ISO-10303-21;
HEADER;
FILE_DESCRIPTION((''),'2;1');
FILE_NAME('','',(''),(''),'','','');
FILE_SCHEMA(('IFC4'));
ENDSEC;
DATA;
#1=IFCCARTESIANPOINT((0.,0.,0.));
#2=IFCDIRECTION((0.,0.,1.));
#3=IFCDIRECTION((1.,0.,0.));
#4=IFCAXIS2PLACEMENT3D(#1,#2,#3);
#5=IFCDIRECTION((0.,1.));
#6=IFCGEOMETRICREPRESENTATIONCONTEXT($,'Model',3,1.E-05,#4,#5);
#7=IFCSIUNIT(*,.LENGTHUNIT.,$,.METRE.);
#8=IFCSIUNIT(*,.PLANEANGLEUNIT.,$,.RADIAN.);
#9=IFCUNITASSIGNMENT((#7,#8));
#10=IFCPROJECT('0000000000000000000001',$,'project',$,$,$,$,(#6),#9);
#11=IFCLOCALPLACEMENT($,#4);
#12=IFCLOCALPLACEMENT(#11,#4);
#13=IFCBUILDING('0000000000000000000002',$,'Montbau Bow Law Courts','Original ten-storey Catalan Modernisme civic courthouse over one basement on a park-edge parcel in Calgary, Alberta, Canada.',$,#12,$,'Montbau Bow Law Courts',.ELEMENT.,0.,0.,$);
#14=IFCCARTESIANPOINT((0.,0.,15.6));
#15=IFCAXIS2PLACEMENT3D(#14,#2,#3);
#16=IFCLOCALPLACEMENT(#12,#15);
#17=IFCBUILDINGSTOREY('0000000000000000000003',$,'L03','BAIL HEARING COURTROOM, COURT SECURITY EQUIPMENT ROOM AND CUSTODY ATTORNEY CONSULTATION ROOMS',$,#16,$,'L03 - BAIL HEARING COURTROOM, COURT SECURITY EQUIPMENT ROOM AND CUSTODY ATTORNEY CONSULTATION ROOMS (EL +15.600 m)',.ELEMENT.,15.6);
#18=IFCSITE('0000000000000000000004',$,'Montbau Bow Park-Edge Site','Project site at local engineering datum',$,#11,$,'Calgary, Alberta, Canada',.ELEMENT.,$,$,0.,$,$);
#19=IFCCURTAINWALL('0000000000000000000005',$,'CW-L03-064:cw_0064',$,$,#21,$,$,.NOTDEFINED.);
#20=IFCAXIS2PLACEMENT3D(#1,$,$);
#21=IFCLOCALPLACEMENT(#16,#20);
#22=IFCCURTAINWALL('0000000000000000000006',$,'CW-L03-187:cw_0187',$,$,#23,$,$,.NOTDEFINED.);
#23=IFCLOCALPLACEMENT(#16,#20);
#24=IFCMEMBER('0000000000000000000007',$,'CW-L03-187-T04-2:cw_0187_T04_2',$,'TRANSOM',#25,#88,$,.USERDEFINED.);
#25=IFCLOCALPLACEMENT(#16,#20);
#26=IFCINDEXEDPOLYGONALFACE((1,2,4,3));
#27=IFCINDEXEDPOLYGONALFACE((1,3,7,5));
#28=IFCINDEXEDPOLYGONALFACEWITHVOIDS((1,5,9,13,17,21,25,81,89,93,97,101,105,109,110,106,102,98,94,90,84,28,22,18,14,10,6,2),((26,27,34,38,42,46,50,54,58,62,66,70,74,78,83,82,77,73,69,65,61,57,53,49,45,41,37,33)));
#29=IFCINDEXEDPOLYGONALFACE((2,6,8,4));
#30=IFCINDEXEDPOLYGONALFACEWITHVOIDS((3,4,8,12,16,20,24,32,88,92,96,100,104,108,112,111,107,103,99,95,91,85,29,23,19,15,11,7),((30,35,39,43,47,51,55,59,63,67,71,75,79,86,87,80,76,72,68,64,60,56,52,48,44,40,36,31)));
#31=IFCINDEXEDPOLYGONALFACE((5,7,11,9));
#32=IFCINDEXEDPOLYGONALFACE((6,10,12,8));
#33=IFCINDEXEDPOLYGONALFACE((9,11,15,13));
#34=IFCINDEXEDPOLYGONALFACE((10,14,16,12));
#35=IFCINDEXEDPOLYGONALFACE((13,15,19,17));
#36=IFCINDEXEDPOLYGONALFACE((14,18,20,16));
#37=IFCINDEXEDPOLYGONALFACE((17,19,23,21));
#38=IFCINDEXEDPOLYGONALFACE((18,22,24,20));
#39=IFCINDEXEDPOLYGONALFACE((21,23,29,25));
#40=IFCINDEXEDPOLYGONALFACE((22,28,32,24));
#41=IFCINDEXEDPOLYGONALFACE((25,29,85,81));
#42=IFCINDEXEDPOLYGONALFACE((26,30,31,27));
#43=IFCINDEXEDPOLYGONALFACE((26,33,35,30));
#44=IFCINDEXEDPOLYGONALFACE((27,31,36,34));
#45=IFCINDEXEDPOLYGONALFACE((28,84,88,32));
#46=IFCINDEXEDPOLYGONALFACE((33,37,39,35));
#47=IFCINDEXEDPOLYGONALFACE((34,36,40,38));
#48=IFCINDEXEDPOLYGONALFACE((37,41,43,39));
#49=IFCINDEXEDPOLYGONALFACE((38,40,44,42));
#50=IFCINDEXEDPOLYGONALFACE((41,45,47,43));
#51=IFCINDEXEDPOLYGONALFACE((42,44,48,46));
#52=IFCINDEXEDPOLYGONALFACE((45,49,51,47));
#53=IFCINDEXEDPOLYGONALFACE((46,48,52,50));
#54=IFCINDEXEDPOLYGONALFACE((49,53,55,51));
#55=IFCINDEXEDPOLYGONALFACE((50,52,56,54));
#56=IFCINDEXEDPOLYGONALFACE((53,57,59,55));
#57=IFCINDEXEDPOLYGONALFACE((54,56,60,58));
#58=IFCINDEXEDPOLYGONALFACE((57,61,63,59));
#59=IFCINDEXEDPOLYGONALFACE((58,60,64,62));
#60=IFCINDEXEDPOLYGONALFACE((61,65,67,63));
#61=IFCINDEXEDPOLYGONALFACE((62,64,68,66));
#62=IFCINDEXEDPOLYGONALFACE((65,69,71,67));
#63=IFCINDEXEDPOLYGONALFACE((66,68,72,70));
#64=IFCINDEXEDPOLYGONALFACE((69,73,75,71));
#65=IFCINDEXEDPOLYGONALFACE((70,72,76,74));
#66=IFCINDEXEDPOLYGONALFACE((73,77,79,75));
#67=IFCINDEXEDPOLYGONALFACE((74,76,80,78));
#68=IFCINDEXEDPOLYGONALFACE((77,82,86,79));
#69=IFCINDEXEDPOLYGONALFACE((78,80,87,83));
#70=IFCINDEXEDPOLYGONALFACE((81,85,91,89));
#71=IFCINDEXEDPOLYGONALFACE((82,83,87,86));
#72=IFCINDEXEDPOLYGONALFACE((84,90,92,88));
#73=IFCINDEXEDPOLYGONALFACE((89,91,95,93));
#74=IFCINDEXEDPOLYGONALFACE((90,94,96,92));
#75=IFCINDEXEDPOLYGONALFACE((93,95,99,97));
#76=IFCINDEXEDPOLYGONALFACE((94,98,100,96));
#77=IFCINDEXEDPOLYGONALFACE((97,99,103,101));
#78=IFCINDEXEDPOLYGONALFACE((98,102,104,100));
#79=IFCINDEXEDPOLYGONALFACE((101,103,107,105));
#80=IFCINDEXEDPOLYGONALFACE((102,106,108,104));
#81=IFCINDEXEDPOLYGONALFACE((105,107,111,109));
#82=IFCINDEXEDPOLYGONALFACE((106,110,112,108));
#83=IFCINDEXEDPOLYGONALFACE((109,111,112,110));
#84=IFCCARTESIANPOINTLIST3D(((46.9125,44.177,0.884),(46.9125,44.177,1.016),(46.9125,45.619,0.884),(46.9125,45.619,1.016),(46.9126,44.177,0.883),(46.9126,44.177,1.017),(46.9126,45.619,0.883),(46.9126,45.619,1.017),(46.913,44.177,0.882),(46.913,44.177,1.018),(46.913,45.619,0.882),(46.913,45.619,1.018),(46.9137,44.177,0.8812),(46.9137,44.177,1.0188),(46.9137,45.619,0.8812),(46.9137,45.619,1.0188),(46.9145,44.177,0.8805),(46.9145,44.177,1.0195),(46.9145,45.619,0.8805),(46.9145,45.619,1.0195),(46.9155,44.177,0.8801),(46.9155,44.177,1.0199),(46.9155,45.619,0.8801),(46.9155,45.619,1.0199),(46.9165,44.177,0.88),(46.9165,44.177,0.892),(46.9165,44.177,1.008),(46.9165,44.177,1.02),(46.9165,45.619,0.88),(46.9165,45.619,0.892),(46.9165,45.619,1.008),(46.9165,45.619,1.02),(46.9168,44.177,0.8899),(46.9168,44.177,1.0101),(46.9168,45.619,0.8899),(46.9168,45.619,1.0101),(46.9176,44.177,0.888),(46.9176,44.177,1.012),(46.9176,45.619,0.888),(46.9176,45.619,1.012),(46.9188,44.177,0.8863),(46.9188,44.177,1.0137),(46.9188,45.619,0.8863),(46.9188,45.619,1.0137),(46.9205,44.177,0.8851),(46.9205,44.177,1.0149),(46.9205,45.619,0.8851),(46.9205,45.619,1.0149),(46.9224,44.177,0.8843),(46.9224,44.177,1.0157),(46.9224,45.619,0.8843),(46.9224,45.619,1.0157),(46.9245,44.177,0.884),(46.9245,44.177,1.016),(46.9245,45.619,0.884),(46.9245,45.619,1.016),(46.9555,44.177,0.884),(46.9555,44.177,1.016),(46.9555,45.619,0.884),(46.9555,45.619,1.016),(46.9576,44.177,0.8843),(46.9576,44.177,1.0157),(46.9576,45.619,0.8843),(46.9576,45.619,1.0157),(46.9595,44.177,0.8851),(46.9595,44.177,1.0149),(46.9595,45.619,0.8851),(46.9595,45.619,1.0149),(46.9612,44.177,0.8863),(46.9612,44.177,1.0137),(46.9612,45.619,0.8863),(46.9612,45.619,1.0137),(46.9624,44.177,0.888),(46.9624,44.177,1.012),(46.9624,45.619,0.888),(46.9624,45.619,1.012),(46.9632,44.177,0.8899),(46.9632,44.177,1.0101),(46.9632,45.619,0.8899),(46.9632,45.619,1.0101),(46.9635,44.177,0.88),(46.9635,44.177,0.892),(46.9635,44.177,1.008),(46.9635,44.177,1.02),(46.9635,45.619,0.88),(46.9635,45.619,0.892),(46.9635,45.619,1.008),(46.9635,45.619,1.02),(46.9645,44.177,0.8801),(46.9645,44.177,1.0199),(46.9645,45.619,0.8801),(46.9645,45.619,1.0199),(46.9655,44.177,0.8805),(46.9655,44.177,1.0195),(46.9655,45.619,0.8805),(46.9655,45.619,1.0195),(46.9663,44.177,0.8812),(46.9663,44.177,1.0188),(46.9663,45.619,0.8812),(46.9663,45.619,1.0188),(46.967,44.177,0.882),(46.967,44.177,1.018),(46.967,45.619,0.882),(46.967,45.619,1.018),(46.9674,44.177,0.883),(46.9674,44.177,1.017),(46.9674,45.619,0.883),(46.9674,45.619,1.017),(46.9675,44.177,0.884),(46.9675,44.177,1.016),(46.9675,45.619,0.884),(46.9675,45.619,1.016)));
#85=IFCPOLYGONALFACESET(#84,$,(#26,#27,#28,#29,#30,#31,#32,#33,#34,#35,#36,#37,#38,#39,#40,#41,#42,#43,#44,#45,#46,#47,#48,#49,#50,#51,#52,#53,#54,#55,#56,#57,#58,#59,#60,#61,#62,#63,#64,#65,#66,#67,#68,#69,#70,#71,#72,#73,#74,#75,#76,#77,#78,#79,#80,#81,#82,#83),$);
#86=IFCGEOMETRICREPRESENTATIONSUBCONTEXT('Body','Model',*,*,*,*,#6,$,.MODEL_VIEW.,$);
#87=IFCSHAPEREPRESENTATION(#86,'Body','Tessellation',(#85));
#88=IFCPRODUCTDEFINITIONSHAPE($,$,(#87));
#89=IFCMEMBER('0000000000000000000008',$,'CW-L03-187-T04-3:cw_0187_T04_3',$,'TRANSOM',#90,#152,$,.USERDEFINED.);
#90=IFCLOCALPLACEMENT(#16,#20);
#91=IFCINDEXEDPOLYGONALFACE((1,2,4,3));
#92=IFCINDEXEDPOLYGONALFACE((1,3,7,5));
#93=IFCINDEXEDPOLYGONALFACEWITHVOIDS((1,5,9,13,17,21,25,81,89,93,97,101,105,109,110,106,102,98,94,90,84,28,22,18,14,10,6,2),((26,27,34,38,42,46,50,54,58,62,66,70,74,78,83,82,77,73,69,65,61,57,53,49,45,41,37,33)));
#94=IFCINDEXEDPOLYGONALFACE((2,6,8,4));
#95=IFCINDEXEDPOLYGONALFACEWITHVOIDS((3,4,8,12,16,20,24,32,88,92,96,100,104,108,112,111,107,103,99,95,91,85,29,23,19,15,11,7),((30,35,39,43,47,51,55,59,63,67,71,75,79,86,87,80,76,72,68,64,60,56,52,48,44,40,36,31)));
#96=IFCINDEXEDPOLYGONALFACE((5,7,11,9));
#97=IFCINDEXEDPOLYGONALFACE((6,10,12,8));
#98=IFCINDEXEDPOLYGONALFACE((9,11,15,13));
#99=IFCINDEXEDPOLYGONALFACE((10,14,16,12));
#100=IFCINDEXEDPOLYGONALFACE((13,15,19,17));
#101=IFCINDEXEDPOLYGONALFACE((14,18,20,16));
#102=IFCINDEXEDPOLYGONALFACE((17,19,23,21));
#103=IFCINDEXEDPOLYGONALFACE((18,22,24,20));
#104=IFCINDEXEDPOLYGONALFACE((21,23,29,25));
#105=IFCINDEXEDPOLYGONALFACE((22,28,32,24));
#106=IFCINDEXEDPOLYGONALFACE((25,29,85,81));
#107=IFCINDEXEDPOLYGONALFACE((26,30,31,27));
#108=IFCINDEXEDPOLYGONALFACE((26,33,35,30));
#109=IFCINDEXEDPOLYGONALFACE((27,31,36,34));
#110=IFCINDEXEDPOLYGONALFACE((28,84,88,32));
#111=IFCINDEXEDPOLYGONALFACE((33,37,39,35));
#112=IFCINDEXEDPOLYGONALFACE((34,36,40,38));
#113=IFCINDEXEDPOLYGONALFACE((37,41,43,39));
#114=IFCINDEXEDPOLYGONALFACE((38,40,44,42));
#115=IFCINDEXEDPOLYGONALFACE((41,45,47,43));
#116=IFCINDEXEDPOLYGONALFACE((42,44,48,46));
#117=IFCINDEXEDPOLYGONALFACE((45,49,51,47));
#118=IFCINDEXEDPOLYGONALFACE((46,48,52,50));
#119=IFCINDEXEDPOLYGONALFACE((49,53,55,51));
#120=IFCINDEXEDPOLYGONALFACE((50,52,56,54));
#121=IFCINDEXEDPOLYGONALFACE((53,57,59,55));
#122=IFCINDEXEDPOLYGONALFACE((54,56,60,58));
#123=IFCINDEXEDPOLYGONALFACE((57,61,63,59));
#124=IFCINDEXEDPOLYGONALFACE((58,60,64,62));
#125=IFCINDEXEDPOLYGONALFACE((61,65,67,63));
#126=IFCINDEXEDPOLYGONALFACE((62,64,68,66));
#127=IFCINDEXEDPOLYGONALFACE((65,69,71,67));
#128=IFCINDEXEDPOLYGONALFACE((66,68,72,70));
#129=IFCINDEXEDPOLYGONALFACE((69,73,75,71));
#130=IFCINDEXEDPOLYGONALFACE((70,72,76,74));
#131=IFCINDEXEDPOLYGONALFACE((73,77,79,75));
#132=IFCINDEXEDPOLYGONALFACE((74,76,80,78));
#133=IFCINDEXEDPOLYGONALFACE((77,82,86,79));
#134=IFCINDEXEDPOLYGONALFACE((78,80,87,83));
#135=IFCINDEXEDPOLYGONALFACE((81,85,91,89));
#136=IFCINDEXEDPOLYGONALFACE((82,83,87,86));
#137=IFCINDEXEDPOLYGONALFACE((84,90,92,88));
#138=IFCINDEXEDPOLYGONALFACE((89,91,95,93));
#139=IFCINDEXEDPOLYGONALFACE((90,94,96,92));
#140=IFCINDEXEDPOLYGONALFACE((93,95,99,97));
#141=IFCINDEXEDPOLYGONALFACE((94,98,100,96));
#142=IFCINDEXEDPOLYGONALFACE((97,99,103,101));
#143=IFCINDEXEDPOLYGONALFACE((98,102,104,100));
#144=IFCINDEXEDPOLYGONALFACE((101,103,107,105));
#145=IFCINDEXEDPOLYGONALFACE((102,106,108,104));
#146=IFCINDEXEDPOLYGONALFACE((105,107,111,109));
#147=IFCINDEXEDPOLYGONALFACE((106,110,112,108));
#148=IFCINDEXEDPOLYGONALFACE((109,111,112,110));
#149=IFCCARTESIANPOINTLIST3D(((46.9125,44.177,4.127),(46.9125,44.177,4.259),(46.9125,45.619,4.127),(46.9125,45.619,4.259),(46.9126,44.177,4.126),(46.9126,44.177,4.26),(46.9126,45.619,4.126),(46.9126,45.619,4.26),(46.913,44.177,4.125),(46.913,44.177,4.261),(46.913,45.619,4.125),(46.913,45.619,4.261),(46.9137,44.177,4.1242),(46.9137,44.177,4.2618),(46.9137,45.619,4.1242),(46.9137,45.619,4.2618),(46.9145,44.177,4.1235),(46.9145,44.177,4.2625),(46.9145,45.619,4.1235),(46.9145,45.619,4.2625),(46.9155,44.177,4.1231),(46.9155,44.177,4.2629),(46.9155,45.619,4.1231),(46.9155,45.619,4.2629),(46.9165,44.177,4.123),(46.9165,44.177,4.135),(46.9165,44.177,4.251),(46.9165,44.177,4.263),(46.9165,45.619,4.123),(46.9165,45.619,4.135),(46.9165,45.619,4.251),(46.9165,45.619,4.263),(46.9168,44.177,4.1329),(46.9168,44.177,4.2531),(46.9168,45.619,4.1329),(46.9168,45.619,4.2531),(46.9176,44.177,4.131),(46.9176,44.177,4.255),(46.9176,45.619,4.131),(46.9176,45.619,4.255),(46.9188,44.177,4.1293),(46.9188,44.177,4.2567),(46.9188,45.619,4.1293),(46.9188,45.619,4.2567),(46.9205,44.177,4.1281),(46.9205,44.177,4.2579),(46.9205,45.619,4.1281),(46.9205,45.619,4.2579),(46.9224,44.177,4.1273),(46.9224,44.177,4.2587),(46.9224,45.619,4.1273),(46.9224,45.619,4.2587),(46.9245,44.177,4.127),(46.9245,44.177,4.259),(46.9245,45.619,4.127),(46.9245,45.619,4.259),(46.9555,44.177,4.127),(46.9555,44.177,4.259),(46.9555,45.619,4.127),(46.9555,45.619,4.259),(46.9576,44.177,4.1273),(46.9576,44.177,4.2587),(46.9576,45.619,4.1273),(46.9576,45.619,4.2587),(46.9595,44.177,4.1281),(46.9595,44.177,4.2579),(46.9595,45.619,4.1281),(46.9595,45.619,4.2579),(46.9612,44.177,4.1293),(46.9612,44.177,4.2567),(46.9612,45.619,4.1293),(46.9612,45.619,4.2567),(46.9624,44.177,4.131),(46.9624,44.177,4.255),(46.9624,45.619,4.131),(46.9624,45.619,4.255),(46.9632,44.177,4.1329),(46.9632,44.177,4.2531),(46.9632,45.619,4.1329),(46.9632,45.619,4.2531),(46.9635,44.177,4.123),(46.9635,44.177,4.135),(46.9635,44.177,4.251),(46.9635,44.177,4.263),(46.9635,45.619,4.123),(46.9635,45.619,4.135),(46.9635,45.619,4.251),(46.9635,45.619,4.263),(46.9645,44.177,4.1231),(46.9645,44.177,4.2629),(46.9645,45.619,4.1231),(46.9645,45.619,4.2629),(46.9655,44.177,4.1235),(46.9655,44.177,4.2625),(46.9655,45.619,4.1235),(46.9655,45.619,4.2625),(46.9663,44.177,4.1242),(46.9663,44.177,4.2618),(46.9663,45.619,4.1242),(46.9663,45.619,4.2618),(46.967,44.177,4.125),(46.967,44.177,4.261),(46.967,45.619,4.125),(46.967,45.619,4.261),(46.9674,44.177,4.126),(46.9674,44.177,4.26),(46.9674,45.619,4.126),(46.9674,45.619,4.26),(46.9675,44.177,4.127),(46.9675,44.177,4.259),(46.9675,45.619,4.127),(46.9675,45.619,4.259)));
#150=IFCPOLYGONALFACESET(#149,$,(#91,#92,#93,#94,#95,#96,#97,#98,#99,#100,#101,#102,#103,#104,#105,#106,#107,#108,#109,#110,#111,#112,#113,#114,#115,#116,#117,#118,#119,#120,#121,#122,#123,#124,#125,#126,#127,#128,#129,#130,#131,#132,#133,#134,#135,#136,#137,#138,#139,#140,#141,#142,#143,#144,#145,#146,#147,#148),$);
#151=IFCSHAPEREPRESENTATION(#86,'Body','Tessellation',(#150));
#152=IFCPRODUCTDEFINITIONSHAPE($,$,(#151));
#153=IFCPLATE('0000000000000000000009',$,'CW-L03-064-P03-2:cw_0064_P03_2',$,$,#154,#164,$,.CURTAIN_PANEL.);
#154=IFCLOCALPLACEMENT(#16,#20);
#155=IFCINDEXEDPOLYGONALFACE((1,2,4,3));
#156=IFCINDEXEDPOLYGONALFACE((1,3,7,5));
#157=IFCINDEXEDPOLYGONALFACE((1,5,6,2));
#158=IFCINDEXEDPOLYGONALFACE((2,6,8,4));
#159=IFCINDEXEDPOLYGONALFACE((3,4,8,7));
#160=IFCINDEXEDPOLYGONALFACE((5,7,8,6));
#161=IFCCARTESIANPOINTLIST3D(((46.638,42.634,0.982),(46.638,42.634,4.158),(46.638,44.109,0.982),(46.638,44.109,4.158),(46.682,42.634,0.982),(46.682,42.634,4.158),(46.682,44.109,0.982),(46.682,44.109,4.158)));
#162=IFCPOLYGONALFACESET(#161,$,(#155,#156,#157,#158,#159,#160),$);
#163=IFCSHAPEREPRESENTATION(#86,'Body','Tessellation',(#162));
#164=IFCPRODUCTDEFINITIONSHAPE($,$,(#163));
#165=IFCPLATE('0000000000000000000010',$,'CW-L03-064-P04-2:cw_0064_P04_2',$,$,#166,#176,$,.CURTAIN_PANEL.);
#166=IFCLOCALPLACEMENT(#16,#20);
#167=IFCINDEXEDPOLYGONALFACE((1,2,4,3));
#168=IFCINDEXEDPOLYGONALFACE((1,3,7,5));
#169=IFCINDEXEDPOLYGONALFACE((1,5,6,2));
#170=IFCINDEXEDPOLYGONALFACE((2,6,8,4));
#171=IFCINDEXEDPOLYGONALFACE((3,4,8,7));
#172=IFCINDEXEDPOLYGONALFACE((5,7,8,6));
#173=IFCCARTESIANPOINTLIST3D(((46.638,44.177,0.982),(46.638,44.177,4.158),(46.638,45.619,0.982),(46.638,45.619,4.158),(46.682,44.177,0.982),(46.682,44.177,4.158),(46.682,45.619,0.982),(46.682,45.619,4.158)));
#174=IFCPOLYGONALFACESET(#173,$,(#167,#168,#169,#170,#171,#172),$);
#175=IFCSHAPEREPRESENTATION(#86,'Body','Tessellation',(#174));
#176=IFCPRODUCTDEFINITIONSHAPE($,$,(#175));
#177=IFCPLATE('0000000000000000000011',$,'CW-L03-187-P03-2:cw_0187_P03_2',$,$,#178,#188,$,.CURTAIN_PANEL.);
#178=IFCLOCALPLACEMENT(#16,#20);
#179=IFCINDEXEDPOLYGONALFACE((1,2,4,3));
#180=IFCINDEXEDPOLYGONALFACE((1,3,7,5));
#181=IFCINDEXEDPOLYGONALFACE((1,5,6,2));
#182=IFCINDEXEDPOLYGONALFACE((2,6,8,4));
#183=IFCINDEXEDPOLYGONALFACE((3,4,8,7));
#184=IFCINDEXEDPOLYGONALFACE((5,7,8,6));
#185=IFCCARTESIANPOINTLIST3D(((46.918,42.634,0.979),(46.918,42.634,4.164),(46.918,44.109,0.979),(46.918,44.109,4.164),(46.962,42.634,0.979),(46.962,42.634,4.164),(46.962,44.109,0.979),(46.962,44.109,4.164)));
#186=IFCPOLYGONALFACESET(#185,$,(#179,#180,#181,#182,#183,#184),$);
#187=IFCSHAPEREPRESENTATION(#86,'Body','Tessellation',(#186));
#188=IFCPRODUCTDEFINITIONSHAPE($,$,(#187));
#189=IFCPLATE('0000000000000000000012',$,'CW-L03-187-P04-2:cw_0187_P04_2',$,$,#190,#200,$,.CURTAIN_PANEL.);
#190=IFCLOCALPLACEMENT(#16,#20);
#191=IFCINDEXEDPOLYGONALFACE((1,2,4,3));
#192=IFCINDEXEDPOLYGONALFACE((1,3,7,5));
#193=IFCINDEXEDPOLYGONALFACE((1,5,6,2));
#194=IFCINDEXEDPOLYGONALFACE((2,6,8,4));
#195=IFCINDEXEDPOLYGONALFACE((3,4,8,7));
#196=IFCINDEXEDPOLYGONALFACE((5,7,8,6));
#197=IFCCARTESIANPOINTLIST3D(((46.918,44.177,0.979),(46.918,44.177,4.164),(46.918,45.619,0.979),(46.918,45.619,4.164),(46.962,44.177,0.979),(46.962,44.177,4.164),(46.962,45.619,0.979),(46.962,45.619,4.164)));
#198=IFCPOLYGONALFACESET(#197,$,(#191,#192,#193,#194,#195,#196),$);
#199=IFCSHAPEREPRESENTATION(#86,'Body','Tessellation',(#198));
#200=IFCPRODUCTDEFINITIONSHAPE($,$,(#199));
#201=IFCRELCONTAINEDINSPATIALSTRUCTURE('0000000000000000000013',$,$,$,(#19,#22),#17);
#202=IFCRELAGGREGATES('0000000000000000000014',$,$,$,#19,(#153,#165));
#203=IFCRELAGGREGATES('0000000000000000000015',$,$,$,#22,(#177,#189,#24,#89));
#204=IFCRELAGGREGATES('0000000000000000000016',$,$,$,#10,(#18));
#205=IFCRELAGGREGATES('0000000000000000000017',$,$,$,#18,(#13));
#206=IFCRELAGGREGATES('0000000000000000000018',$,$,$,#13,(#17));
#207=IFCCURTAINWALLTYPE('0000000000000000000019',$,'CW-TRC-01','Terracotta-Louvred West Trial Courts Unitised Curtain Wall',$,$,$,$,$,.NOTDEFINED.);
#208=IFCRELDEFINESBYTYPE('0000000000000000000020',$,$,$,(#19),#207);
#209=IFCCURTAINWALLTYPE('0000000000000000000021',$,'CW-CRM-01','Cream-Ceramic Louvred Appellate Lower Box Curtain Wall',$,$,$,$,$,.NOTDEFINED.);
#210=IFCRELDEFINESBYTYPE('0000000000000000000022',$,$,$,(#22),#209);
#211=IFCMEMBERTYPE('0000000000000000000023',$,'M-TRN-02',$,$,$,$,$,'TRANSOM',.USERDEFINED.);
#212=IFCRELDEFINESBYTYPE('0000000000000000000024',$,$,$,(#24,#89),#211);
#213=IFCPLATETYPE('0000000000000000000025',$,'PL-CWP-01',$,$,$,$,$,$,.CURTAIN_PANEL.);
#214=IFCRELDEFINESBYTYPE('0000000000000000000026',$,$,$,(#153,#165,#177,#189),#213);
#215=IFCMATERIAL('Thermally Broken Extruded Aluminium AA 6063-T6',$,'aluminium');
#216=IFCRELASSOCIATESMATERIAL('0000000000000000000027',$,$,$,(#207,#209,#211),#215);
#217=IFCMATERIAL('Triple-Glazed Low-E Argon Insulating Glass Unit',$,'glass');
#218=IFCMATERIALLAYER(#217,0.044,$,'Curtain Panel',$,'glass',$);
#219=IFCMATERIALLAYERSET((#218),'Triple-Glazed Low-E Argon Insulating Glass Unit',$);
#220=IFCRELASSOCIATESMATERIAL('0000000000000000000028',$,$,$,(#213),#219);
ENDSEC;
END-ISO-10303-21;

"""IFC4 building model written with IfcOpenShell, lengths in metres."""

from ifc_helpers import new_model, si_unit, direction, frame, frame_2d, origin_with_axes, origin_2d_with_axis, place, context, subcontext, project, spatial, rectangle, hollow_rectangle, extrude, material, layer, layer_set, material_profile, profile_set, type_object, element, aggregate, save


model = new_model("IFC4")

# Units and contexts
model_context = context("Model", 3, precision=1e-05, world=origin_with_axes(), true_north=direction((0.0, 1.0)))
body_context = subcontext(model_context, "Body", "Model", "MODEL_VIEW")
ifc_project = project(units=[si_unit("LENGTHUNIT", "METRE"), si_unit("PLANEANGLEUNIT", "RADIAN")], contexts=[model_context])

# Site, building, storey
site_placement = place(None, origin_with_axes())
site = spatial("IfcSite", under=ifc_project, at=site_placement, Name="Montbau Bow Park-Edge Site", Description="Project site at local engineering datum", LongName="Calgary, Alberta, Canada", CompositionType="ELEMENT", RefElevation=0.0)
building_placement = place(site_placement, origin_with_axes())
building = spatial("IfcBuilding", under=site, at=building_placement, Name="Montbau Bow Law Courts", Description="Original ten-storey Catalan Modernisme civic courthouse over one basement on a park-edge parcel in Calgary, Alberta, Canada.", LongName="Montbau Bow Law Courts", CompositionType="ELEMENT", ElevationOfRefHeight=0.0, ElevationOfTerrain=0.0)
storey_placement = place(building_placement, frame((0.0, 0.0, 15.6), z_axis=(0.0, 0.0, 1.0), x_axis=(1.0, 0.0, 0.0)))
storey = spatial("IfcBuildingStorey", under=building, at=storey_placement, Name="L03", Description="BAIL HEARING COURTROOM, COURT SECURITY EQUIPMENT ROOM AND CUSTODY ATTORNEY CONSULTATION ROOMS", LongName="L03 - BAIL HEARING COURTROOM, COURT SECURITY EQUIPMENT ROOM AND CUSTODY ATTORNEY CONSULTATION ROOMS (EL +15.600 m)", CompositionType="ELEMENT", Elevation=15.6)

# Curtain walls, members
ifc_material_1 = material(Name="Thermally Broken Extruded Aluminium AA 6063-T6", Category="aluminium")
curtain_wall_type_1 = type_object("IfcCurtainWallType", Name="CW-TRC-01", Description="Terracotta-Louvred West Trial Courts Unitised Curtain Wall", PredefinedType="NOTDEFINED", material=ifc_material_1)
curtain_wall_1_placement = place(None, frame((46.66, 39.515, 15.6), z_axis=(0.0, 0.0, 1.0), x_axis=(1.0, 0.0, 0.0)))
curtain_wall_1 = element("IfcCurtainWall", 1, at=curtain_wall_1_placement, inside=storey, type_object=curtain_wall_type_1, Name="CW-L03-064:cw_0064", PredefinedType="NOTDEFINED")
curtain_wall_type_2 = type_object("IfcCurtainWallType", Name="CW-CRM-01", Description="Cream-Ceramic Louvred Appellate Lower Box Curtain Wall", PredefinedType="NOTDEFINED", material=ifc_material_1)
curtain_wall_2_placement = place(None, frame((46.94, 39.515, 15.6), z_axis=(0.0, 0.0, 1.0), x_axis=(1.0, 0.0, 0.0)))
curtain_wall_2 = element("IfcCurtainWall", 2, at=curtain_wall_2_placement, inside=storey, type_object=curtain_wall_type_2, Name="CW-L03-187:cw_0187", PredefinedType="NOTDEFINED")
ifc_material_profile_1 = material_profile(ifc_material_1, hollow_rectangle(XDim=0.055, YDim=0.14, WallThickness=0.004, InnerFilletRadius=0.008, OuterFilletRadius=0.004, at=origin_2d_with_axis()), Name="CWT-140X55", Category="Main", Priority=0)
ifc_profile_set_1 = profile_set([ifc_material_profile_1], Name="Thermally Broken Extruded Aluminium AA 6063-T6")
member_type_1 = type_object("IfcMemberType", Name="M-TRN-02", ElementType="TRANSOM", PredefinedType="USERDEFINED", material=ifc_profile_set_1)
member_1_placement = place(None, frame((46.94, 44.177, 16.55), z_axis=(0.0, 1.0, 0.0), x_axis=(-1.0, 0.0, 0.0)))
member_1 = element("IfcMember", 3, at=member_1_placement, type_object=member_type_1, Name="CW-L03-187-T04-2:cw_0187_T04_2", ObjectType="TRANSOM", PredefinedType="USERDEFINED", context=body_context, shape_type="SweptSolid", body=[
    extrude(hollow_rectangle(XDim=0.055, YDim=0.14, WallThickness=0.004, InnerFilletRadius=0.008, OuterFilletRadius=0.004, at=origin_2d_with_axis()), origin_with_axes(), (0.0, 0.0, 1.0), 1.442),
])
member_2_placement = place(None, frame((46.94, 44.177, 19.793), z_axis=(0.0, 1.0, 0.0), x_axis=(-1.0, 0.0, 0.0)))
member_2 = element("IfcMember", 4, at=member_2_placement, type_object=member_type_1, Name="CW-L03-187-T04-3:cw_0187_T04_3", ObjectType="TRANSOM", PredefinedType="USERDEFINED", context=body_context, shape_type="SweptSolid", body=[
    extrude(hollow_rectangle(XDim=0.055, YDim=0.14, WallThickness=0.004, InnerFilletRadius=0.008, OuterFilletRadius=0.004, at=origin_2d_with_axis()), origin_with_axes(), (0.0, 0.0, 1.0), 1.442),
])

# Plates
ifc_material_2 = material(Name="Triple-Glazed Low-E Argon Insulating Glass Unit", Category="glass")
ifc_layer_1 = layer(ifc_material_2, 0.044, Name="Curtain Panel", Category="glass")
ifc_layer_set_1 = layer_set([ifc_layer_1], Name="Triple-Glazed Low-E Argon Insulating Glass Unit")
plate_type_1 = type_object("IfcPlateType", Name="PL-CWP-01", PredefinedType="CURTAIN_PANEL", material=ifc_layer_set_1)
plate_1_placement = place(None, frame((46.66, 42.634, 16.582), z_axis=(1.0, 0.0, 0.0), x_axis=(0.0, 1.0, 0.0)))
plate_1 = element("IfcPlate", 5, at=plate_1_placement, type_object=plate_type_1, Name="CW-L03-064-P03-2:cw_0064_P03_2", PredefinedType="CURTAIN_PANEL", context=body_context, shape_type="SweptSolid", body=[
    extrude(rectangle(XDim=1.475, YDim=3.176, at=frame_2d((0.7375, 1.588), x_axis=(1.0, 0.0))), frame((0.0, 0.0, -0.022), z_axis=(0.0, 0.0, 1.0), x_axis=(1.0, 0.0, 0.0)), (0.0, 0.0, 1.0), 0.044),
])
plate_2_placement = place(None, frame((46.66, 44.177, 16.582), z_axis=(1.0, 0.0, 0.0), x_axis=(0.0, 1.0, 0.0)))
plate_2 = element("IfcPlate", 6, at=plate_2_placement, type_object=plate_type_1, Name="CW-L03-064-P04-2:cw_0064_P04_2", PredefinedType="CURTAIN_PANEL", context=body_context, shape_type="SweptSolid", body=[
    extrude(rectangle(XDim=1.442, YDim=3.176, at=frame_2d((0.721, 1.588), x_axis=(1.0, 0.0))), frame((0.0, 0.0, -0.022), z_axis=(0.0, 0.0, 1.0), x_axis=(1.0, 0.0, 0.0)), (0.0, 0.0, 1.0), 0.044),
])
plate_3_placement = place(None, frame((46.94, 42.634, 16.579), z_axis=(1.0, 0.0, 0.0), x_axis=(0.0, 1.0, 0.0)))
plate_3 = element("IfcPlate", 7, at=plate_3_placement, type_object=plate_type_1, Name="CW-L03-187-P03-2:cw_0187_P03_2", PredefinedType="CURTAIN_PANEL", context=body_context, shape_type="SweptSolid", body=[
    extrude(rectangle(XDim=1.475, YDim=3.185, at=frame_2d((0.7375, 1.5925), x_axis=(1.0, 0.0))), frame((0.0, 0.0, -0.022), z_axis=(0.0, 0.0, 1.0), x_axis=(1.0, 0.0, 0.0)), (0.0, 0.0, 1.0), 0.044),
])
plate_4_placement = place(None, frame((46.94, 44.177, 16.579), z_axis=(1.0, 0.0, 0.0), x_axis=(0.0, 1.0, 0.0)))
plate_4 = element("IfcPlate", 8, at=plate_4_placement, type_object=plate_type_1, Name="CW-L03-187-P04-2:cw_0187_P04_2", PredefinedType="CURTAIN_PANEL", context=body_context, shape_type="SweptSolid", body=[
    extrude(rectangle(XDim=1.442, YDim=3.185, at=frame_2d((0.721, 1.5925), x_axis=(1.0, 0.0))), frame((0.0, 0.0, -0.022), z_axis=(0.0, 0.0, 1.0), x_axis=(1.0, 0.0, 0.0)), (0.0, 0.0, 1.0), 0.044),
])
aggregate(curtain_wall_1, [plate_1, plate_2])
aggregate(curtain_wall_2, [plate_3, plate_4, member_1, member_2])

save(model, "model.ifc")
